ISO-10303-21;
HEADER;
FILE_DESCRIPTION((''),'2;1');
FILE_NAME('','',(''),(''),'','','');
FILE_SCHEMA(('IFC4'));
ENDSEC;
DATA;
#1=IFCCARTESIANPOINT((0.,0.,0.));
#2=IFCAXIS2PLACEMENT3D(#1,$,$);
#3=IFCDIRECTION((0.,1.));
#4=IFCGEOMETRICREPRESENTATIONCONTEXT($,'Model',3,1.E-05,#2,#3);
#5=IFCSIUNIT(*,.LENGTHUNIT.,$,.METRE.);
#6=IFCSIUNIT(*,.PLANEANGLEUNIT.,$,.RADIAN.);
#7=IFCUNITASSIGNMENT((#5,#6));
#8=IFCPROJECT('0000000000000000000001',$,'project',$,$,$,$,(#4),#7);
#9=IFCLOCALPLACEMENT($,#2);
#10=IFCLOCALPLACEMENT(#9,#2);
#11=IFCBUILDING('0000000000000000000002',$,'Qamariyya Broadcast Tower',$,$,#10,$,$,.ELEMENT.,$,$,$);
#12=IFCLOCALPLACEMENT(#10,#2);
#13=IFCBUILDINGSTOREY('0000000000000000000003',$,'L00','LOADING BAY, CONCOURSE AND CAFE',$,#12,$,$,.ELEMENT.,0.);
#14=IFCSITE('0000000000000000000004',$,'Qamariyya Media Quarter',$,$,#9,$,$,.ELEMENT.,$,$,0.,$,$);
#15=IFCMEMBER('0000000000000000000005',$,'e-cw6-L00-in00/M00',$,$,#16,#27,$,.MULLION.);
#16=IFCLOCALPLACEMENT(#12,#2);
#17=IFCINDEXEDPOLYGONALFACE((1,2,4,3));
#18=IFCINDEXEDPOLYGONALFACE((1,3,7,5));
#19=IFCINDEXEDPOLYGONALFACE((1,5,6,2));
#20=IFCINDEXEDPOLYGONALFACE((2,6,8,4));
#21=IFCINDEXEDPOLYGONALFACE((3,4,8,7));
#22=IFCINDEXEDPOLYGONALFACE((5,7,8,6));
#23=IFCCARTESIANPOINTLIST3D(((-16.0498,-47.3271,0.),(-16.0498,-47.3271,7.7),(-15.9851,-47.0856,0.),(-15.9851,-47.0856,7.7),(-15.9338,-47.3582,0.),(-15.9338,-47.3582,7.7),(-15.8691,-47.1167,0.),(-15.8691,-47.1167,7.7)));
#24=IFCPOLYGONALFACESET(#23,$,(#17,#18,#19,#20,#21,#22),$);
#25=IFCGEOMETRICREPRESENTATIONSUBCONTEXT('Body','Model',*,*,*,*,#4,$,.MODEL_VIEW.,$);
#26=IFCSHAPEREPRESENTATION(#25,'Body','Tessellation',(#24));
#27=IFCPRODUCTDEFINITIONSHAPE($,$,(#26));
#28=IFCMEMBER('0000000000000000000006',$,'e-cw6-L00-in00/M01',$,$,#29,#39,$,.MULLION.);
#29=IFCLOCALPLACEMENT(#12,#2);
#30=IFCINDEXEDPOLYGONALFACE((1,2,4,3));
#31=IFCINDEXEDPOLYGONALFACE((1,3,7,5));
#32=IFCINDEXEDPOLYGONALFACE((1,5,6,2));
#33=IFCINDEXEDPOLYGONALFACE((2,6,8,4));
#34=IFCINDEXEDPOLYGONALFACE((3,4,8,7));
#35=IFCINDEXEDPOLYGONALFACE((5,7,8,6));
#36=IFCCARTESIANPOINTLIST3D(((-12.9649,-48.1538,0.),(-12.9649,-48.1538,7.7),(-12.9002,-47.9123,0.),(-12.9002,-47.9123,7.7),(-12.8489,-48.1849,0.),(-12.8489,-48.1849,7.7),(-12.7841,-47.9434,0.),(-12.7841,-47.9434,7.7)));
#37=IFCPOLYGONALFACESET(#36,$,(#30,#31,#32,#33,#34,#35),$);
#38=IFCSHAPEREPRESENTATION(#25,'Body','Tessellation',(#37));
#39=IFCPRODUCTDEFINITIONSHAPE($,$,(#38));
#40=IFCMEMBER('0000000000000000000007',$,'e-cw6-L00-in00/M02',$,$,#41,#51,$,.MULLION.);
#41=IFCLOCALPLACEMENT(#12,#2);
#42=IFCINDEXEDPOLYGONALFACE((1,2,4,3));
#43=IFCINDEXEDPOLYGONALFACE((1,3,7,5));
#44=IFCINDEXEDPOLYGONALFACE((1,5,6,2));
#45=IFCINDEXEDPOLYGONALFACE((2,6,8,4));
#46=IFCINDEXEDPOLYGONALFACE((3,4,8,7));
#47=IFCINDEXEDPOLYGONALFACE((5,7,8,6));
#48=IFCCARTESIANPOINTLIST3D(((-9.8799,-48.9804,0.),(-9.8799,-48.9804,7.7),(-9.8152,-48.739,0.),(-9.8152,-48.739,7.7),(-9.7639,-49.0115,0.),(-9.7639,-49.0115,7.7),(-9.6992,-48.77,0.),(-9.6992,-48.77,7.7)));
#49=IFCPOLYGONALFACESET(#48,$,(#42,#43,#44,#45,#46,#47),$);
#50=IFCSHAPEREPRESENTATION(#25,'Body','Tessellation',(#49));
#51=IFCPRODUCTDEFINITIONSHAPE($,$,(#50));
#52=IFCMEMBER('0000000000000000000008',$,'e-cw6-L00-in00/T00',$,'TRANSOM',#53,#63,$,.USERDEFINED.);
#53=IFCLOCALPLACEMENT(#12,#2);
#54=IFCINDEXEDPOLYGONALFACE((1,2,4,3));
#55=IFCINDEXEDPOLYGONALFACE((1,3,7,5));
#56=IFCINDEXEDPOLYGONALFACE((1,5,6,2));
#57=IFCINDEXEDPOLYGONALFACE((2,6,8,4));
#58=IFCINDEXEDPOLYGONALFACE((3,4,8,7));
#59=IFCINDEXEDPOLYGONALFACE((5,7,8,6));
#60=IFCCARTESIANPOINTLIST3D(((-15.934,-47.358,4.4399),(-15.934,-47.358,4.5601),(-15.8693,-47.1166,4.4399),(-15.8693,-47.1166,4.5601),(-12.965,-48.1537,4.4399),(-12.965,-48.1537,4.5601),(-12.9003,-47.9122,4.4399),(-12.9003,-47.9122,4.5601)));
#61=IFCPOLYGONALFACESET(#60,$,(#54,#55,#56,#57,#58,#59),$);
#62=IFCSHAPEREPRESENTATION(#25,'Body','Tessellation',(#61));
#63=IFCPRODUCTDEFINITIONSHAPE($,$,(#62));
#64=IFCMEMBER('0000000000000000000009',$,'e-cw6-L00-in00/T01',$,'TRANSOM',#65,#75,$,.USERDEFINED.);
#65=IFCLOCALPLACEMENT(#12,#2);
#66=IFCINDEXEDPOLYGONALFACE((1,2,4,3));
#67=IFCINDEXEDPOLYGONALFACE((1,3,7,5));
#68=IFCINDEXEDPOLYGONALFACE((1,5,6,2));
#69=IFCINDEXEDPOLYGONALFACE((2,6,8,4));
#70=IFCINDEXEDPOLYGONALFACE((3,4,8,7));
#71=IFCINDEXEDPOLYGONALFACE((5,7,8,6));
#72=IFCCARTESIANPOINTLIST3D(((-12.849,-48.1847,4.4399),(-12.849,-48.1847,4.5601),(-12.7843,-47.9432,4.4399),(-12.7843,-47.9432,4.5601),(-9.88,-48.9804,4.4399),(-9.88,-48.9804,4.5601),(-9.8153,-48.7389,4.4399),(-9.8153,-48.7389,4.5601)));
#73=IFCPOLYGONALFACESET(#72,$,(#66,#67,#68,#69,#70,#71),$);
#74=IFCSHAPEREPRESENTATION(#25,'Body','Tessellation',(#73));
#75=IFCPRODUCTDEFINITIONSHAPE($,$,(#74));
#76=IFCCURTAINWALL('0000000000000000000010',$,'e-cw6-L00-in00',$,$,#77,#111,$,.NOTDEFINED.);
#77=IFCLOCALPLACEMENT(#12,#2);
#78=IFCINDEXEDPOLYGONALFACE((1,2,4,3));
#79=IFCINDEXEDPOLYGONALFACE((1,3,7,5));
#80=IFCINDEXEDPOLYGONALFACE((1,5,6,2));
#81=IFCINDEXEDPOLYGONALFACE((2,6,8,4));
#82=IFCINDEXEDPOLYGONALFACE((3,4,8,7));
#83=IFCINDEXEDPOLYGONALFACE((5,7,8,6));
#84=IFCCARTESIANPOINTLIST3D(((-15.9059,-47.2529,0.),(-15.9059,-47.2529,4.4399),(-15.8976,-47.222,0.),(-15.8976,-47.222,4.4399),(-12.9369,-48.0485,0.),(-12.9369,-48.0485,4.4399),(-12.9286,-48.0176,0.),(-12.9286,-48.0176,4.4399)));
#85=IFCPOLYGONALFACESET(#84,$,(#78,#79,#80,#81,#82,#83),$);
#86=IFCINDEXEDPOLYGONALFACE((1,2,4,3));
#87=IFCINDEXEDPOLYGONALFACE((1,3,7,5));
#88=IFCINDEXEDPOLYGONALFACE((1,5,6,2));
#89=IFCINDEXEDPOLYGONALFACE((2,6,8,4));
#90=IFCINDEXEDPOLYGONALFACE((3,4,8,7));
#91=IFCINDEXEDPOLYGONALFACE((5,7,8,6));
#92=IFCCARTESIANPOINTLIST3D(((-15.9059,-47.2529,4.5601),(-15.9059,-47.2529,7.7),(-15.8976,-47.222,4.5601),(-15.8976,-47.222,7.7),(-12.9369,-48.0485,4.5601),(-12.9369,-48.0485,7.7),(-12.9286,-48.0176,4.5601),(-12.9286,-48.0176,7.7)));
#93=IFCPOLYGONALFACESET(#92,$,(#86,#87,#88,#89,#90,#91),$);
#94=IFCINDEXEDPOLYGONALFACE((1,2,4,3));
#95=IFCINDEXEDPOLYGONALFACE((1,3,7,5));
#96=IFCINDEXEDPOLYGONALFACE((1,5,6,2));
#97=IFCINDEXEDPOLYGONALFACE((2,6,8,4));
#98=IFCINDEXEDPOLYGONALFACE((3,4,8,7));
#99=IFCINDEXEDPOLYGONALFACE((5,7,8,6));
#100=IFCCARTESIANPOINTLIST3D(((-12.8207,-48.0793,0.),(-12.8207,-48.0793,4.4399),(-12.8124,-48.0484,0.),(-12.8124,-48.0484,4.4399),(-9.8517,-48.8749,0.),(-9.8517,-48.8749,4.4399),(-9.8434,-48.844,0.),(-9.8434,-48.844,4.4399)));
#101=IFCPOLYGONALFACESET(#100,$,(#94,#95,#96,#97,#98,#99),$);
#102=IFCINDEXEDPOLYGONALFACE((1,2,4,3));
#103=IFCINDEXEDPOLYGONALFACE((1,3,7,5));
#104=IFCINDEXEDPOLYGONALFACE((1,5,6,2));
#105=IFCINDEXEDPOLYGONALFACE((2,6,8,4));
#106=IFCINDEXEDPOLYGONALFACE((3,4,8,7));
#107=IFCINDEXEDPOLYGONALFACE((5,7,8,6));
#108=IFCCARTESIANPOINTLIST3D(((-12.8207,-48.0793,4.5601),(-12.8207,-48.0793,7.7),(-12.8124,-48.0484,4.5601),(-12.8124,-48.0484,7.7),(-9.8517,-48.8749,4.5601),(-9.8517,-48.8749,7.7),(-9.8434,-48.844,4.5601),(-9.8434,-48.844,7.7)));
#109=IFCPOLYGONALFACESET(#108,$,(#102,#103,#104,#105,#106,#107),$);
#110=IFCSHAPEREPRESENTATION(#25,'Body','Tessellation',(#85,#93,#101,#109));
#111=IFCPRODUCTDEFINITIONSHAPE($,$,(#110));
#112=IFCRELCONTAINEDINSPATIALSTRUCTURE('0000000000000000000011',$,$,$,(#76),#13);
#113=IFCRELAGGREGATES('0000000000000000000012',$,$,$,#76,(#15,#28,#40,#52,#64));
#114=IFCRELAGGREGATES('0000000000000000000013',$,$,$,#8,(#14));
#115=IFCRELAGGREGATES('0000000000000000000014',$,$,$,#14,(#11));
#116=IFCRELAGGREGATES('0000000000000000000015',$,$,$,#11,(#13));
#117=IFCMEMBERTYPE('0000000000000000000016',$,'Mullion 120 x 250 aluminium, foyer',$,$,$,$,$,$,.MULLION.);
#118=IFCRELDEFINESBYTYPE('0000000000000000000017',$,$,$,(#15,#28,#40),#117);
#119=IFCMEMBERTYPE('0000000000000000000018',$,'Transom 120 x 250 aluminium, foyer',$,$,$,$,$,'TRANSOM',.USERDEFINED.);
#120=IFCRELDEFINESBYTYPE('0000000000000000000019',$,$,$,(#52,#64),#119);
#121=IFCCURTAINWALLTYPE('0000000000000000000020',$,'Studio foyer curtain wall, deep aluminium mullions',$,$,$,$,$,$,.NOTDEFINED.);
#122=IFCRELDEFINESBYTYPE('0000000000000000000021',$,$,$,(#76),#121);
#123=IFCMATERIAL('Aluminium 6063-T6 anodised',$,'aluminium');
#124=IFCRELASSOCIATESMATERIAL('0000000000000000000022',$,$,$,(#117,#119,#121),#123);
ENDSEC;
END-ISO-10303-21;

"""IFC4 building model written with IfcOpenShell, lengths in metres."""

from ifc_helpers import new_model, si_unit, direction, frame, origin, origin_2d, place, context, subcontext, project, spatial, rectangle, extrude, material, material_profile, profile_set, type_object, element, aggregate, save


model = new_model("IFC4")

# Units and contexts
model_context = context("Model", 3, precision=1e-05, world=origin(), true_north=direction((0.0, 1.0)))
body_context = subcontext(model_context, "Body", "Model", "MODEL_VIEW")
ifc_project = project(units=[si_unit("LENGTHUNIT", "METRE"), si_unit("PLANEANGLEUNIT", "RADIAN")], contexts=[model_context])

# Members
ifc_material_1 = material(Name="Aluminium 6063-T6 anodised", Category="aluminium")
ifc_material_profile_1 = material_profile(ifc_material_1, rectangle(XDim=0.25, YDim=0.1201, at=origin_2d()))
ifc_profile_set_1 = profile_set([ifc_material_profile_1], Name="Aluminium 6063-T6 anodised")
member_type_1 = type_object("IfcMemberType", Name="Mullion 120 x 250 aluminium, foyer", PredefinedType="MULLION", material=ifc_profile_set_1)
site_placement = place(None, origin())
building_placement = place(site_placement, origin())
storey_placement = place(building_placement, origin())
member_1_placement = place(storey_placement, frame((-15.9595, -47.2219, 0.0), z_axis=(0.0, 0.0, 1.0), x_axis=(0.258819, 0.965926, 0.0)))
member_1 = element("IfcMember", 1, at=member_1_placement, type_object=member_type_1, Name="e-cw6-L00-in00/M00", PredefinedType="MULLION", context=body_context, shape_type="SweptSolid", body=[
    extrude(rectangle(XDim=0.25, YDim=0.1201, at=origin_2d()), origin(), (0.0, 0.0, 1.0), 7.7),
])
member_2_placement = place(storey_placement, frame((-12.8745, -48.0486, 0.0), z_axis=(0.0, 0.0, 1.0), x_axis=(0.258819, 0.965926, 0.0)))
member_2 = element("IfcMember", 2, at=member_2_placement, type_object=member_type_1, Name="e-cw6-L00-in00/M01", PredefinedType="MULLION", context=body_context, shape_type="SweptSolid", body=[
    extrude(rectangle(XDim=0.25, YDim=0.1201, at=origin_2d()), origin(), (0.0, 0.0, 1.0), 7.7),
])
member_3_placement = place(storey_placement, frame((-9.7896, -48.8752, 0.0), z_axis=(0.0, 0.0, 1.0), x_axis=(0.258819, 0.965926, 0.0)))
member_3 = element("IfcMember", 3, at=member_3_placement, type_object=member_type_1, Name="e-cw6-L00-in00/M02", PredefinedType="MULLION", context=body_context, shape_type="SweptSolid", body=[
    extrude(rectangle(XDim=0.25, YDim=0.1201, at=origin_2d()), origin(), (0.0, 0.0, 1.0), 7.7),
])
ifc_material_profile_2 = material_profile(ifc_material_1, rectangle(XDim=0.25, YDim=0.1201, at=origin_2d()))
ifc_profile_set_2 = profile_set([ifc_material_profile_2], Name="Aluminium 6063-T6 anodised")
member_type_2 = type_object("IfcMemberType", Name="Transom 120 x 250 aluminium, foyer", ElementType="TRANSOM", PredefinedType="USERDEFINED", material=ifc_profile_set_2)
member_4_placement = place(storey_placement, frame((-15.9016, -47.2373, 4.5), z_axis=(0.965916, -0.258854, 0.0), x_axis=(0.258854, 0.965916, 0.0)))
member_4 = element("IfcMember", 4, at=member_4_placement, type_object=member_type_2, Name="e-cw6-L00-in00/T00", ObjectType="TRANSOM", PredefinedType="USERDEFINED", context=body_context, shape_type="SweptSolid", body=[
    extrude(rectangle(XDim=0.25, YDim=0.1201, at=origin_2d()), origin(), (0.0, 0.0, 1.0), 3.0737),
])
member_5_placement = place(storey_placement, frame((-12.8167, -48.064, 4.5), z_axis=(0.965916, -0.258854, 0.0), x_axis=(0.258854, 0.965916, 0.0)))
member_5 = element("IfcMember", 5, at=member_5_placement, type_object=member_type_2, Name="e-cw6-L00-in00/T01", ObjectType="TRANSOM", PredefinedType="USERDEFINED", context=body_context, shape_type="SweptSolid", body=[
    extrude(rectangle(XDim=0.25, YDim=0.1201, at=origin_2d()), origin(), (0.0, 0.0, 1.0), 3.0737),
])

# Site, building, storey
site = spatial("IfcSite", under=ifc_project, at=site_placement, Name="Qamariyya Media Quarter", CompositionType="ELEMENT", RefElevation=0.0)
building = spatial("IfcBuilding", under=site, at=building_placement, Name="Qamariyya Broadcast Tower", CompositionType="ELEMENT")
storey = spatial("IfcBuildingStorey", under=building, at=storey_placement, Name="L00", Description="LOADING BAY, CONCOURSE AND CAFE", CompositionType="ELEMENT", Elevation=0.0)

# Curtain wall
curtain_wall_type_1 = type_object("IfcCurtainWallType", Name="Studio foyer curtain wall, deep aluminium mullions", PredefinedType="NOTDEFINED", material=ifc_material_1)
curtain_wall_1_placement = place(storey_placement, origin())
curtain_wall_1 = element("IfcCurtainWall", 6, at=curtain_wall_1_placement, inside=storey, type_object=curtain_wall_type_1, Name="e-cw6-L00-in00", PredefinedType="NOTDEFINED", context=body_context, shape_type="SweptSolid", body=[
    extrude(rectangle(XDim=3.0737, YDim=0.032, at=origin_2d()), frame((-14.4172, -47.6353, 0.0), x_axis=(0.965925, -0.258823, 0.0)), (0.0, 0.0, 1.0), 4.4399),
    extrude(rectangle(XDim=3.0737, YDim=0.032, at=origin_2d()), frame((-14.4172, -47.6353, 4.5601), x_axis=(0.965925, -0.258823, 0.0)), (0.0, 0.0, 1.0), 3.1399),
    extrude(rectangle(XDim=3.0737, YDim=0.032, at=origin_2d()), frame((-11.332, -48.4617, 0.0), x_axis=(0.965925, -0.258823, 0.0)), (0.0, 0.0, 1.0), 4.4399),
    extrude(rectangle(XDim=3.0737, YDim=0.032, at=origin_2d()), frame((-11.332, -48.4617, 4.5601), x_axis=(0.965925, -0.258823, 0.0)), (0.0, 0.0, 1.0), 3.1399),
])
aggregate(curtain_wall_1, [member_1, member_2, member_3, member_4, member_5])

save(model, "model.ifc")
